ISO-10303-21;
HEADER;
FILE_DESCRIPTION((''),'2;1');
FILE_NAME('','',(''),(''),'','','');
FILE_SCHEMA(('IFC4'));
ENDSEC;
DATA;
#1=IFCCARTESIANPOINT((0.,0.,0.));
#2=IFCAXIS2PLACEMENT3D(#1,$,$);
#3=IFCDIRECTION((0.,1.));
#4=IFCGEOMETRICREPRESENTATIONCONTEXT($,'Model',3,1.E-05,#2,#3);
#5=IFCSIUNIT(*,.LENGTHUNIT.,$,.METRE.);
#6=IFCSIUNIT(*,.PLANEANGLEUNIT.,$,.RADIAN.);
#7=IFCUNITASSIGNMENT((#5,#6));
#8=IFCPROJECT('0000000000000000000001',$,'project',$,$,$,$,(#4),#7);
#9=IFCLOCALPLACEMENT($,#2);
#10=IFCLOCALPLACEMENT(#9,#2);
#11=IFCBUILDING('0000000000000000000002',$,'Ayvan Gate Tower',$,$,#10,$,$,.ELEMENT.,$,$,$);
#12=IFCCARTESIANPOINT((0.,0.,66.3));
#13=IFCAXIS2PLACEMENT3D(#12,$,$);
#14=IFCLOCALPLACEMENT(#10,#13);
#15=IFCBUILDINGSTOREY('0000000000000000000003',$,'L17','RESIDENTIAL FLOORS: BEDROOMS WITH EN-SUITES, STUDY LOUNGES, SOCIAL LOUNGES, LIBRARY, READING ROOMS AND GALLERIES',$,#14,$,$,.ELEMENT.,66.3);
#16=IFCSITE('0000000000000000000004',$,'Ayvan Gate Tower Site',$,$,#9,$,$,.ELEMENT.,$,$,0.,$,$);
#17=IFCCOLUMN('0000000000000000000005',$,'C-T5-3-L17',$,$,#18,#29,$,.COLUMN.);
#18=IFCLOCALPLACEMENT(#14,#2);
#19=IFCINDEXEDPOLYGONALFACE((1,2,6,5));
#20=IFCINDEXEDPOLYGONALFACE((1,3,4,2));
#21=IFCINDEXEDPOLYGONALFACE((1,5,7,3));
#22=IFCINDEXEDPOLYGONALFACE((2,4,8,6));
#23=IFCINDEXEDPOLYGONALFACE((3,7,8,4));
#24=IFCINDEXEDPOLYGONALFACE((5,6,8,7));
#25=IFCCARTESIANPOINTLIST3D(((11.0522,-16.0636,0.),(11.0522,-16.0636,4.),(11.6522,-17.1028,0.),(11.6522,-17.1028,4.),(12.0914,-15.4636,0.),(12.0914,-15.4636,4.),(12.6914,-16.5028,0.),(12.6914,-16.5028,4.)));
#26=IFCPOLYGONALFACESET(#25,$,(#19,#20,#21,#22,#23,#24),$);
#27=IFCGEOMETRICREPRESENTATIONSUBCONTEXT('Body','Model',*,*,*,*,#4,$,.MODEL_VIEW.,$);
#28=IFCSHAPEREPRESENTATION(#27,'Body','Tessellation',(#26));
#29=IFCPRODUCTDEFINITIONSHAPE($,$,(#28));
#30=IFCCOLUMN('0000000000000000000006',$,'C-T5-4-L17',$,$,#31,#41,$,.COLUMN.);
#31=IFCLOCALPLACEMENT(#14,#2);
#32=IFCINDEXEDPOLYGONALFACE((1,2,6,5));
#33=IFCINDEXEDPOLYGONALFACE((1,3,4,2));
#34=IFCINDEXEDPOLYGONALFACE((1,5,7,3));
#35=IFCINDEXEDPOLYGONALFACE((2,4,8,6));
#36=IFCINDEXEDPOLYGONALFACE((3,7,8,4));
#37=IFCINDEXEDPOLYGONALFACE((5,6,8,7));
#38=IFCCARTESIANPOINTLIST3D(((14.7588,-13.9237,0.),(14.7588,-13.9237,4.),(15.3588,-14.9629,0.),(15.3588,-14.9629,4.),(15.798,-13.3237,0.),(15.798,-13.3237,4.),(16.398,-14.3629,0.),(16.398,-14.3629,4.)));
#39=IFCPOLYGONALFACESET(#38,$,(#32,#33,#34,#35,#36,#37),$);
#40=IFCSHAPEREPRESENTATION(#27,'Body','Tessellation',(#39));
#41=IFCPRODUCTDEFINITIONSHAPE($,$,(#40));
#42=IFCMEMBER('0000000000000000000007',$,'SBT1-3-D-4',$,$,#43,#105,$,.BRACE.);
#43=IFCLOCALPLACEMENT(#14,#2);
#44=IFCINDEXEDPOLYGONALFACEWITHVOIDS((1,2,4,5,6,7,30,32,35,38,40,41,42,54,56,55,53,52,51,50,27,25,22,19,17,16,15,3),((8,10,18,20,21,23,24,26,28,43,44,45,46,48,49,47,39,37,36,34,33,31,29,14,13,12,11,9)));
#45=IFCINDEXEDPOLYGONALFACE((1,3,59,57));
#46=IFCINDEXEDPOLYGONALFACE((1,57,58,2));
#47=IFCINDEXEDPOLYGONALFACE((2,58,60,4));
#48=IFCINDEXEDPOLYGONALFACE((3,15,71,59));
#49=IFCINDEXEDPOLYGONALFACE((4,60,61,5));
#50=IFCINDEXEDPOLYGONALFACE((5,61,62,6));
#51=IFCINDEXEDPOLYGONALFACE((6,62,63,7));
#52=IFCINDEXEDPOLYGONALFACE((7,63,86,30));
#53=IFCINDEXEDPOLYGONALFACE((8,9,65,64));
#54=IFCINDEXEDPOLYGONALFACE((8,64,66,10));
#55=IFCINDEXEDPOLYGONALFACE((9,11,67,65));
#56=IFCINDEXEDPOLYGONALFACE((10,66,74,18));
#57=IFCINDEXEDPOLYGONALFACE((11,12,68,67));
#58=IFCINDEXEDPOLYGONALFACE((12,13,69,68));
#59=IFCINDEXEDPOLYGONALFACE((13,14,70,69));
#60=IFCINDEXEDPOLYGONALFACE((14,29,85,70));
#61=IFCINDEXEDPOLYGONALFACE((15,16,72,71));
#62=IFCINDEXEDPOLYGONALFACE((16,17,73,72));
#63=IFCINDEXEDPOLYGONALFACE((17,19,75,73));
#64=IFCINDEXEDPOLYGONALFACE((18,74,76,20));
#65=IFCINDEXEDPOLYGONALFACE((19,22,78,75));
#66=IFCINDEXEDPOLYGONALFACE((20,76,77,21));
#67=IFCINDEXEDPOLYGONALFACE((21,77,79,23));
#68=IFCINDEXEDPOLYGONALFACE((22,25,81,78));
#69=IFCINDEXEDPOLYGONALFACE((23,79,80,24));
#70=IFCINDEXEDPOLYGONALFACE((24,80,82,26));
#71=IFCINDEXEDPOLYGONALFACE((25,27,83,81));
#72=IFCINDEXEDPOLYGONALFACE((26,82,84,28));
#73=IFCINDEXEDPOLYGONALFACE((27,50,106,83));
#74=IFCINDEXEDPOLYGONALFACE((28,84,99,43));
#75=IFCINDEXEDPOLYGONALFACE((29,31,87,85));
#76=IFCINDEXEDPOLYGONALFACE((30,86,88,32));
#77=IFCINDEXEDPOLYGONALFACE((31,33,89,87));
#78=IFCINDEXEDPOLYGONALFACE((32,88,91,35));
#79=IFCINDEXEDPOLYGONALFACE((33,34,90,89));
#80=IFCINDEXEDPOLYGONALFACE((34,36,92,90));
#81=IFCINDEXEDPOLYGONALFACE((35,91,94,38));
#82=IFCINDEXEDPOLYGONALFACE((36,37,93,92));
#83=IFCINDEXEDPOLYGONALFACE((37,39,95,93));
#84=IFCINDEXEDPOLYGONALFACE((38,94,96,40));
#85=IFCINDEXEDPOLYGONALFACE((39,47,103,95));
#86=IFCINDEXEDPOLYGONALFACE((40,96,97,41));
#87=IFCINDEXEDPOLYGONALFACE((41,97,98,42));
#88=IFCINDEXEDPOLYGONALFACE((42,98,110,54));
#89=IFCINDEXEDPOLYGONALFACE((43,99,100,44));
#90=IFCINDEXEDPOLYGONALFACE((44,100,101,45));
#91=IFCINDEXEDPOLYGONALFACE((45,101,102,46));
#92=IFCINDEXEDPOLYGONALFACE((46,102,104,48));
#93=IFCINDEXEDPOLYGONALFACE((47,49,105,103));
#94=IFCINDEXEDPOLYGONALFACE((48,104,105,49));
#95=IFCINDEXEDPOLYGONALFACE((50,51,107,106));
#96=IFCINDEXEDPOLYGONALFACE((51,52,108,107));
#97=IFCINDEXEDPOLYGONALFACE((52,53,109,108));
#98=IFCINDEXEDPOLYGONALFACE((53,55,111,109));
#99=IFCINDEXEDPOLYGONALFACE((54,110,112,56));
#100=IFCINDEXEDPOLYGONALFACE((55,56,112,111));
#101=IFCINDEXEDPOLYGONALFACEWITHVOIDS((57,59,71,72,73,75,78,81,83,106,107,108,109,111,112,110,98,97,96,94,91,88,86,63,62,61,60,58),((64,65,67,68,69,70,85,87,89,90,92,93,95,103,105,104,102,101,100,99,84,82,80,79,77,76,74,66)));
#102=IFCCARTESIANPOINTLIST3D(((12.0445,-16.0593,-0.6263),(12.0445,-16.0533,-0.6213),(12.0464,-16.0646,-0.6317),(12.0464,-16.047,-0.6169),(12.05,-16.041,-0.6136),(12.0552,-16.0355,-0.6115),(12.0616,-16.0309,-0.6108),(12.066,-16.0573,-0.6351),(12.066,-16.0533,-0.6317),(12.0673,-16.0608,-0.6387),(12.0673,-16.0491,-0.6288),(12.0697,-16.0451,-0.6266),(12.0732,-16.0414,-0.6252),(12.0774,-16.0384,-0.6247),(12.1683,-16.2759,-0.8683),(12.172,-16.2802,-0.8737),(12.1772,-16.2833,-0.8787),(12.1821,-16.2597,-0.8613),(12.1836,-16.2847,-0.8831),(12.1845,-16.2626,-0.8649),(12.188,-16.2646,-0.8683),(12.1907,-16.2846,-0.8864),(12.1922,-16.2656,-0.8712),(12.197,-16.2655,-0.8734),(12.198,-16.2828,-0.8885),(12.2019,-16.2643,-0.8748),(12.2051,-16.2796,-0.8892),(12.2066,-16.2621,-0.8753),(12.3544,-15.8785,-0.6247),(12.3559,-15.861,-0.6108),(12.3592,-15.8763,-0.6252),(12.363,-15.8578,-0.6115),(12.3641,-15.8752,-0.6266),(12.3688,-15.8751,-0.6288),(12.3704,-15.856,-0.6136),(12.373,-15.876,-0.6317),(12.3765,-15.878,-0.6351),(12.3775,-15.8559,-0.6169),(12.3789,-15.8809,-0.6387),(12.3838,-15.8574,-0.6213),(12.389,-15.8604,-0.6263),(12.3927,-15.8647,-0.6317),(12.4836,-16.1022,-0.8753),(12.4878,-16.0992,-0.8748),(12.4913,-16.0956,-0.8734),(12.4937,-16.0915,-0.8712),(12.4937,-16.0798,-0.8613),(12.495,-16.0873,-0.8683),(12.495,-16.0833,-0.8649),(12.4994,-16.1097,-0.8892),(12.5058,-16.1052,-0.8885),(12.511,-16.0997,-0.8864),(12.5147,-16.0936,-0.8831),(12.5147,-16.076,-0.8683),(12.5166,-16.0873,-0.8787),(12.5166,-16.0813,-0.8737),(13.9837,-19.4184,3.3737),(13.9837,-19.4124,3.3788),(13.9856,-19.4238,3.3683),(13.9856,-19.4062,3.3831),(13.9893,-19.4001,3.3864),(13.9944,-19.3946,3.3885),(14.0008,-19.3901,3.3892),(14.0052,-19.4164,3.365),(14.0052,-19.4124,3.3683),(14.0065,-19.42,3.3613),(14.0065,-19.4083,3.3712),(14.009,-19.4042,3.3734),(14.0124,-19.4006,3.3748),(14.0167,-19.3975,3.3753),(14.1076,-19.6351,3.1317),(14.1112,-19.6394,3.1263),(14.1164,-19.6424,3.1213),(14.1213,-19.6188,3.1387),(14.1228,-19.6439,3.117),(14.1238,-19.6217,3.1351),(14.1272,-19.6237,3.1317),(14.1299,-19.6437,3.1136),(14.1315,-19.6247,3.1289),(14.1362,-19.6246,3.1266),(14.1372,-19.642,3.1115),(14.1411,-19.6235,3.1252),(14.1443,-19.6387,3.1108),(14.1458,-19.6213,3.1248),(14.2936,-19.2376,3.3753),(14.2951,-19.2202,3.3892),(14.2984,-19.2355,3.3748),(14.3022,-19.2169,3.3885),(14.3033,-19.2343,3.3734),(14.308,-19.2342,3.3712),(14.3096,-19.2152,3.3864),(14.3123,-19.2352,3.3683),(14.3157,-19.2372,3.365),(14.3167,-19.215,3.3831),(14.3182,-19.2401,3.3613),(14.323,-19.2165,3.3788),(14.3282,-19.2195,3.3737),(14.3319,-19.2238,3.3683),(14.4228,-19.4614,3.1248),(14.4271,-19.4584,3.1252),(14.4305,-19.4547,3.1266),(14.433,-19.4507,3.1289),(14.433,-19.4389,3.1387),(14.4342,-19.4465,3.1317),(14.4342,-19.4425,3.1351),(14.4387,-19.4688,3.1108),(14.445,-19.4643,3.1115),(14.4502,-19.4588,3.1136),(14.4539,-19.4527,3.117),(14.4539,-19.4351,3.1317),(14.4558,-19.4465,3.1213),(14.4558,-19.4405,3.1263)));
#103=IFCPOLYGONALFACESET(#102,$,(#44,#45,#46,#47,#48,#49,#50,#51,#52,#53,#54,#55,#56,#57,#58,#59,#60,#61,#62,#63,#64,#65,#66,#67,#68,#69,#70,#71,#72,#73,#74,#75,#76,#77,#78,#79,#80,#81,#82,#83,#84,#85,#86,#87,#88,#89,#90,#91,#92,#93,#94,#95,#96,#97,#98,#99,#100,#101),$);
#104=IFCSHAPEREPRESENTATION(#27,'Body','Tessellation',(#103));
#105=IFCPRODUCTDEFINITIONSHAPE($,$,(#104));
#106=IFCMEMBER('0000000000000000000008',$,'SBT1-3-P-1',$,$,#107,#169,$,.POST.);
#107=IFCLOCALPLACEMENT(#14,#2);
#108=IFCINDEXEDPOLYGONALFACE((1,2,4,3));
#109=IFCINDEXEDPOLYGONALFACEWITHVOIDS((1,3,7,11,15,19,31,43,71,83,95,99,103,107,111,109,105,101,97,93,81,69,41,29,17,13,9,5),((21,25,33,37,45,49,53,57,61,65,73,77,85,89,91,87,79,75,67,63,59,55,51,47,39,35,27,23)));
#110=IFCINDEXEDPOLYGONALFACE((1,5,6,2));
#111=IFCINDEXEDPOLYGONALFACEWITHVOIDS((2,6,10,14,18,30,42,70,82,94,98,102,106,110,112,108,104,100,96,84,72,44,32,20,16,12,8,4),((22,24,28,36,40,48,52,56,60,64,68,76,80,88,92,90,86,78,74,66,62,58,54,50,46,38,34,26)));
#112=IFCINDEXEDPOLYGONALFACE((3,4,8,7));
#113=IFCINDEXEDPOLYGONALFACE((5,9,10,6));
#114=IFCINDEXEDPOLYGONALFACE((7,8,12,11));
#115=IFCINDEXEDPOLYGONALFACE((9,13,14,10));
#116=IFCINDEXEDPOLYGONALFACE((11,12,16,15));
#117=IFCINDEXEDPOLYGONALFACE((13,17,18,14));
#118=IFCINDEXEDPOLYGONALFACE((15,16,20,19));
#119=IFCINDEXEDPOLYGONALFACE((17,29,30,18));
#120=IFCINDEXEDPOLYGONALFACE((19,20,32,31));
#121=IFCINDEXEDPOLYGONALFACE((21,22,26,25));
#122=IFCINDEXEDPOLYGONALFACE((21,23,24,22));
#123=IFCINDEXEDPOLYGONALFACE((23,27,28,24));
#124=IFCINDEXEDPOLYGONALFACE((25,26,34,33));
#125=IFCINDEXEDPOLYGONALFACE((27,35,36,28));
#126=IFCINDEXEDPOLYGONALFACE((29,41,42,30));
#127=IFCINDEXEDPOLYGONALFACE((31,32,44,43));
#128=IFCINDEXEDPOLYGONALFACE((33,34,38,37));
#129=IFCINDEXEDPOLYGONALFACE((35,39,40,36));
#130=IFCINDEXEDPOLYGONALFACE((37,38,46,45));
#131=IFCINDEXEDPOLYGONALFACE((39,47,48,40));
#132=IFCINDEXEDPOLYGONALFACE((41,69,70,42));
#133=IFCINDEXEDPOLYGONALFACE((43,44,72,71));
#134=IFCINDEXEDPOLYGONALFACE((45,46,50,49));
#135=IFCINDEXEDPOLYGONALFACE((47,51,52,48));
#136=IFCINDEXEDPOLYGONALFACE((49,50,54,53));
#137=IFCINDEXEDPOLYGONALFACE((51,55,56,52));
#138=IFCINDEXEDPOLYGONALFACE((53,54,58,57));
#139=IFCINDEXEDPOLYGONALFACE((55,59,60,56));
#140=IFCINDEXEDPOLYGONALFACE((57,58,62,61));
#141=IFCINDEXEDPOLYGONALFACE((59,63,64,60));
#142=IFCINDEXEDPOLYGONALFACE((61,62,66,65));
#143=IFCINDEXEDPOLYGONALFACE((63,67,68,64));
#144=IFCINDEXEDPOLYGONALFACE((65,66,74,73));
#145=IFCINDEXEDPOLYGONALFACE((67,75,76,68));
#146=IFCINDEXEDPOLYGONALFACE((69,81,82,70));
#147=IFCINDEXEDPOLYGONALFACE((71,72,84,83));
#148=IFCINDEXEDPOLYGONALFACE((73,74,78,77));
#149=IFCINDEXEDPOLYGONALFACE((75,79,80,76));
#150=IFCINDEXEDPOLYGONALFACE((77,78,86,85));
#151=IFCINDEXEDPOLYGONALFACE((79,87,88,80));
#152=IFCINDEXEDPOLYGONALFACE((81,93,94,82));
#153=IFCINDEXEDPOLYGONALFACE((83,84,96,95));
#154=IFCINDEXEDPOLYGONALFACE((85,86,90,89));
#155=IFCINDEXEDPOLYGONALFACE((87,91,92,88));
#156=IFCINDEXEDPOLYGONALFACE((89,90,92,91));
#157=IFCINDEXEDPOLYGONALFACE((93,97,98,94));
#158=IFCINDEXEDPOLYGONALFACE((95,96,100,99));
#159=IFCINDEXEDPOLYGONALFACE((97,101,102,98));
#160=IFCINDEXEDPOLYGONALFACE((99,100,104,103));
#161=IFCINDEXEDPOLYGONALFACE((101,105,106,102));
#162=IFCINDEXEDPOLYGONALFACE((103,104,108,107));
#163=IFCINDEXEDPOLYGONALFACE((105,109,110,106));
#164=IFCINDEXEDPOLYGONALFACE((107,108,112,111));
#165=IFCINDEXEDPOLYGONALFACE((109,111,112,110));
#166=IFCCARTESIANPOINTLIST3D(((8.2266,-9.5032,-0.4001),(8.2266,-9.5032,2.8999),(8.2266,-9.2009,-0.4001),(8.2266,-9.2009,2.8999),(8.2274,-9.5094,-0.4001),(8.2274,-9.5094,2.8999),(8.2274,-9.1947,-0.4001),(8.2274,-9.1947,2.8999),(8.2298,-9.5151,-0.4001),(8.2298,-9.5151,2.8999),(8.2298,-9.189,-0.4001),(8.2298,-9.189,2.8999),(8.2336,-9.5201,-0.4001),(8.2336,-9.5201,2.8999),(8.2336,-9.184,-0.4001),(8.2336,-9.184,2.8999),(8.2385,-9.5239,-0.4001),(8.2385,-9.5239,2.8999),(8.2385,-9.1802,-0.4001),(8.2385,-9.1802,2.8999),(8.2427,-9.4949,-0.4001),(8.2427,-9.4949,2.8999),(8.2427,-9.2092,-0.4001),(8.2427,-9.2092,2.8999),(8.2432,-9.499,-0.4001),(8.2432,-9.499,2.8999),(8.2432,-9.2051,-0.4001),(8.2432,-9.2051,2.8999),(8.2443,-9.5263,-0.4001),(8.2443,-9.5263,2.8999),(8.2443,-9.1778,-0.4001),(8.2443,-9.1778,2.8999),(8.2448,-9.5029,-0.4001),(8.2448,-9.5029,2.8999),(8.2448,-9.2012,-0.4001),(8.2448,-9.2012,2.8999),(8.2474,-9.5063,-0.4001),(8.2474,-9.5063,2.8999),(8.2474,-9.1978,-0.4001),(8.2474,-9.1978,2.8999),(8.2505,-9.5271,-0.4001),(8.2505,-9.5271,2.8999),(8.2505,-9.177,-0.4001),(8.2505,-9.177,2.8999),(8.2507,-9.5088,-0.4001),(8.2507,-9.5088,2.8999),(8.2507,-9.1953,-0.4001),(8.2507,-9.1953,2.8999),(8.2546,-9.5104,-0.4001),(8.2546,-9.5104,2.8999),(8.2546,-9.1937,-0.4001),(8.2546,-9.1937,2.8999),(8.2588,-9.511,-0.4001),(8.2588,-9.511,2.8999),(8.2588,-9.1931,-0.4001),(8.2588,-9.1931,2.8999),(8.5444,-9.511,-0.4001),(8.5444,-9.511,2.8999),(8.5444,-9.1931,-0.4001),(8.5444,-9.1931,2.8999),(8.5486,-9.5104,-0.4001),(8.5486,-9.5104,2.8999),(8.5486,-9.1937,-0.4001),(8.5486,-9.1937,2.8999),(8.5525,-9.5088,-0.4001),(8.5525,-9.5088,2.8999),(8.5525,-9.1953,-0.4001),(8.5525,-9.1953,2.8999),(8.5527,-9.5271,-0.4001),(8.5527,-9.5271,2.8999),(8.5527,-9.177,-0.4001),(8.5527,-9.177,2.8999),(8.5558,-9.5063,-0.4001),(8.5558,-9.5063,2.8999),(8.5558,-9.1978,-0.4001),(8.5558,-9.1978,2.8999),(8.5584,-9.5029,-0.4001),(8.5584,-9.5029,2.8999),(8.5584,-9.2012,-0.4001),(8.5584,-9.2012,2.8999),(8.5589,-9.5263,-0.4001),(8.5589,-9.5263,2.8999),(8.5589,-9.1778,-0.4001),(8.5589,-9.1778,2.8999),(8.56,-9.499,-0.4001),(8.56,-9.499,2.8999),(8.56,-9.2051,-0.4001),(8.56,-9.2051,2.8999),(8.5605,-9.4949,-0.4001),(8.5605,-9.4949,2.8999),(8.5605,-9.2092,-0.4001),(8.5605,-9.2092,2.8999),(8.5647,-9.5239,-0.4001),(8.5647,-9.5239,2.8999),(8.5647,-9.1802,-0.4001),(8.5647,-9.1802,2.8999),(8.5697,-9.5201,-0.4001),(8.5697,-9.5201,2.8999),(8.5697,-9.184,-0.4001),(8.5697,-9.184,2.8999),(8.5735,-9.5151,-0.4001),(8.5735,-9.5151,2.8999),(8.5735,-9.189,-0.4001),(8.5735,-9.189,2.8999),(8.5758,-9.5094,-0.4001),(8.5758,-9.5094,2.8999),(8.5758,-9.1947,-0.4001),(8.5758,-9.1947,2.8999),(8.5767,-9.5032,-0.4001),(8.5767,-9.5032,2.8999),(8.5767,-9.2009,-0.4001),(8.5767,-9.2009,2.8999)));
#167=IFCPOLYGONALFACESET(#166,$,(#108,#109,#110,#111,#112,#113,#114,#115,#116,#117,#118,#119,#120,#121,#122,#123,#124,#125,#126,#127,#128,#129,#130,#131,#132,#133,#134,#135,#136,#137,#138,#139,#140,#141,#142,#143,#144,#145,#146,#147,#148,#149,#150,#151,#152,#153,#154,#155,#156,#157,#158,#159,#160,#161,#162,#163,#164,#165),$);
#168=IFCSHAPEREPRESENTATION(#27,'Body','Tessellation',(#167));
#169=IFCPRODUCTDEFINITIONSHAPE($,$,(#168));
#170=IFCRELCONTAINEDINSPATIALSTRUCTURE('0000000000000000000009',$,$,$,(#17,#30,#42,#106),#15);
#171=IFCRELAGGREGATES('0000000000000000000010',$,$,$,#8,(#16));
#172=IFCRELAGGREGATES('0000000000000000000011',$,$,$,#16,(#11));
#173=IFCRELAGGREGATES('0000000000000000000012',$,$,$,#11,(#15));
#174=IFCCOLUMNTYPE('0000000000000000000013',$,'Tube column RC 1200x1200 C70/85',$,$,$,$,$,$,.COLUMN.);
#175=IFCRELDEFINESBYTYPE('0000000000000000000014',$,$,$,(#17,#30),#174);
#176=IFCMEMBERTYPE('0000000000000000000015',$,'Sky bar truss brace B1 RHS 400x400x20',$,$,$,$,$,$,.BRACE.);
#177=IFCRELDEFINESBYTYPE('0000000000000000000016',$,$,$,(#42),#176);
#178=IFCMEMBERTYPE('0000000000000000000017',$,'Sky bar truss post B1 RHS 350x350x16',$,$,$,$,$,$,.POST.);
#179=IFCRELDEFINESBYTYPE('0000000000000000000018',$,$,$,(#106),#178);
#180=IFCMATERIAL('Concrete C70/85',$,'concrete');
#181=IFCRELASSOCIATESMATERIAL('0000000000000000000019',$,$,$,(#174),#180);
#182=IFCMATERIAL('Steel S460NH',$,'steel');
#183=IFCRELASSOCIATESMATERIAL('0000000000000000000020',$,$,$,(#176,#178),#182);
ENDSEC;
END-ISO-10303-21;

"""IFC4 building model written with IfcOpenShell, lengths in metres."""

from ifc_helpers import new_model, si_unit, direction, frame, origin, origin_2d, place, context, subcontext, project, spatial, rectangle, hollow_rectangle, extrude, material, material_profile, profile_set, type_object, element, save


model = new_model("IFC4")

# Units and contexts
model_context = context("Model", 3, precision=1e-05, world=origin(), true_north=direction((0.0, 1.0)))
body_context = subcontext(model_context, "Body", "Model", "MODEL_VIEW")
ifc_project = project(units=[si_unit("LENGTHUNIT", "METRE"), si_unit("PLANEANGLEUNIT", "RADIAN")], contexts=[model_context])

# Site, building, storey
site_placement = place(None, origin())
site = spatial("IfcSite", under=ifc_project, at=site_placement, Name="Ayvan Gate Tower Site", CompositionType="ELEMENT", RefElevation=0.0)
building_placement = place(site_placement, origin())
building = spatial("IfcBuilding", under=site, at=building_placement, Name="Ayvan Gate Tower", CompositionType="ELEMENT")
storey_placement = place(building_placement, frame((0.0, 0.0, 66.3)))
storey = spatial("IfcBuildingStorey", under=building, at=storey_placement, Name="L17", Description="RESIDENTIAL FLOORS: BEDROOMS WITH EN-SUITES, STUDY LOUNGES, SOCIAL LOUNGES, LIBRARY, READING ROOMS AND GALLERIES", CompositionType="ELEMENT", Elevation=66.3)

# Columns
ifc_material_1 = material(Name="Concrete C70/85", Category="concrete")
ifc_material_profile_1 = material_profile(ifc_material_1, rectangle(XDim=1.2, YDim=1.2, at=origin_2d()), Name="RC 1200x1200")
ifc_profile_set_1 = profile_set([ifc_material_profile_1], Name="Concrete C70/85")
column_type = type_object("IfcColumnType", Name="Tube column RC 1200x1200 C70/85", PredefinedType="COLUMN", material=ifc_profile_set_1)
for number, where, z_axis, x_axis, name in (
    (1, (11.8718, -16.2832, 0.0), (0.0, 0.0, 1.0), (0.5, -0.866025, 0.0), "C-T5-3-L17"),
    (2, (15.5784, -14.1433, 0.0), (0.0, 0.0, 1.0), (0.5, -0.866025, 0.0), "C-T5-4-L17"),
):
    element("IfcColumn", number, at=place(storey_placement, frame(where, z_axis=z_axis, x_axis=x_axis)), inside=storey, type_object=column_type, Name=name, PredefinedType="COLUMN", context=body_context, shape_type="SweptSolid", body=[
        extrude(rectangle(XDim=1.2, YDim=1.2, at=origin_2d()), origin(), (0.0, 0.0, 1.0), 4.0),
    ])

# Members
ifc_material_2 = material(Name="Steel S460NH", Category="steel")
ifc_material_profile_2 = material_profile(ifc_material_2, hollow_rectangle(XDim=0.3999, YDim=0.3999, WallThickness=0.02, InnerFilletRadius=0.02, OuterFilletRadius=0.03, at=origin_2d()), Name="RHS 400x400x20")
ifc_profile_set_2 = profile_set([ifc_material_profile_2], Name="Steel S460NH")
member_type_1 = type_object("IfcMemberType", Name="Sky bar truss brace B1 RHS 400x400x20", PredefinedType="BRACE", material=ifc_profile_set_2)
member_placement = place(storey_placement, frame((12.2805, -16.0703, -0.75), z_axis=(0.348044, -0.602887, 0.717909), x_axis=(0.866046, 0.499964, 0.0)))
element("IfcMember", 3, at=member_placement, inside=storey, type_object=member_type_1, Name="SBT1-3-D-4", PredefinedType="BRACE", context=body_context, shape_type="SweptSolid", body=[
    extrude(hollow_rectangle(XDim=0.3999, YDim=0.3999, WallThickness=0.02, InnerFilletRadius=0.02, OuterFilletRadius=0.03, at=origin_2d()), origin(), (0.0, 0.0, 1.0), 5.5718),
])
ifc_material_profile_3 = material_profile(ifc_material_2, hollow_rectangle(XDim=0.3501, YDim=0.3501, WallThickness=0.0161, InnerFilletRadius=0.0161, OuterFilletRadius=0.0239, at=origin_2d()), Name="RHS 350x350x16")
ifc_profile_set_3 = profile_set([ifc_material_profile_3], Name="Steel S460NH")
member_type_2 = type_object("IfcMemberType", Name="Sky bar truss post B1 RHS 350x350x16", PredefinedType="POST", material=ifc_profile_set_3)
for number, where, z_axis, x_axis, name in (
    (4, (8.4016, -9.3521, -0.4001), (0.0, 0.0, 1.0), (1.0, 0.0, 0.0), "SBT1-3-P-1"),
):
    element("IfcMember", number, at=place(storey_placement, frame(where, z_axis=z_axis, x_axis=x_axis)), inside=storey, type_object=member_type_2, Name=name, PredefinedType="POST", context=body_context, shape_type="SweptSolid", body=[
        extrude(hollow_rectangle(XDim=0.3501, YDim=0.3501, WallThickness=0.0161, InnerFilletRadius=0.0161, OuterFilletRadius=0.0239, at=origin_2d()), origin(), (0.0, 0.0, 1.0), 3.3),
    ])

save(model, "model.ifc")
